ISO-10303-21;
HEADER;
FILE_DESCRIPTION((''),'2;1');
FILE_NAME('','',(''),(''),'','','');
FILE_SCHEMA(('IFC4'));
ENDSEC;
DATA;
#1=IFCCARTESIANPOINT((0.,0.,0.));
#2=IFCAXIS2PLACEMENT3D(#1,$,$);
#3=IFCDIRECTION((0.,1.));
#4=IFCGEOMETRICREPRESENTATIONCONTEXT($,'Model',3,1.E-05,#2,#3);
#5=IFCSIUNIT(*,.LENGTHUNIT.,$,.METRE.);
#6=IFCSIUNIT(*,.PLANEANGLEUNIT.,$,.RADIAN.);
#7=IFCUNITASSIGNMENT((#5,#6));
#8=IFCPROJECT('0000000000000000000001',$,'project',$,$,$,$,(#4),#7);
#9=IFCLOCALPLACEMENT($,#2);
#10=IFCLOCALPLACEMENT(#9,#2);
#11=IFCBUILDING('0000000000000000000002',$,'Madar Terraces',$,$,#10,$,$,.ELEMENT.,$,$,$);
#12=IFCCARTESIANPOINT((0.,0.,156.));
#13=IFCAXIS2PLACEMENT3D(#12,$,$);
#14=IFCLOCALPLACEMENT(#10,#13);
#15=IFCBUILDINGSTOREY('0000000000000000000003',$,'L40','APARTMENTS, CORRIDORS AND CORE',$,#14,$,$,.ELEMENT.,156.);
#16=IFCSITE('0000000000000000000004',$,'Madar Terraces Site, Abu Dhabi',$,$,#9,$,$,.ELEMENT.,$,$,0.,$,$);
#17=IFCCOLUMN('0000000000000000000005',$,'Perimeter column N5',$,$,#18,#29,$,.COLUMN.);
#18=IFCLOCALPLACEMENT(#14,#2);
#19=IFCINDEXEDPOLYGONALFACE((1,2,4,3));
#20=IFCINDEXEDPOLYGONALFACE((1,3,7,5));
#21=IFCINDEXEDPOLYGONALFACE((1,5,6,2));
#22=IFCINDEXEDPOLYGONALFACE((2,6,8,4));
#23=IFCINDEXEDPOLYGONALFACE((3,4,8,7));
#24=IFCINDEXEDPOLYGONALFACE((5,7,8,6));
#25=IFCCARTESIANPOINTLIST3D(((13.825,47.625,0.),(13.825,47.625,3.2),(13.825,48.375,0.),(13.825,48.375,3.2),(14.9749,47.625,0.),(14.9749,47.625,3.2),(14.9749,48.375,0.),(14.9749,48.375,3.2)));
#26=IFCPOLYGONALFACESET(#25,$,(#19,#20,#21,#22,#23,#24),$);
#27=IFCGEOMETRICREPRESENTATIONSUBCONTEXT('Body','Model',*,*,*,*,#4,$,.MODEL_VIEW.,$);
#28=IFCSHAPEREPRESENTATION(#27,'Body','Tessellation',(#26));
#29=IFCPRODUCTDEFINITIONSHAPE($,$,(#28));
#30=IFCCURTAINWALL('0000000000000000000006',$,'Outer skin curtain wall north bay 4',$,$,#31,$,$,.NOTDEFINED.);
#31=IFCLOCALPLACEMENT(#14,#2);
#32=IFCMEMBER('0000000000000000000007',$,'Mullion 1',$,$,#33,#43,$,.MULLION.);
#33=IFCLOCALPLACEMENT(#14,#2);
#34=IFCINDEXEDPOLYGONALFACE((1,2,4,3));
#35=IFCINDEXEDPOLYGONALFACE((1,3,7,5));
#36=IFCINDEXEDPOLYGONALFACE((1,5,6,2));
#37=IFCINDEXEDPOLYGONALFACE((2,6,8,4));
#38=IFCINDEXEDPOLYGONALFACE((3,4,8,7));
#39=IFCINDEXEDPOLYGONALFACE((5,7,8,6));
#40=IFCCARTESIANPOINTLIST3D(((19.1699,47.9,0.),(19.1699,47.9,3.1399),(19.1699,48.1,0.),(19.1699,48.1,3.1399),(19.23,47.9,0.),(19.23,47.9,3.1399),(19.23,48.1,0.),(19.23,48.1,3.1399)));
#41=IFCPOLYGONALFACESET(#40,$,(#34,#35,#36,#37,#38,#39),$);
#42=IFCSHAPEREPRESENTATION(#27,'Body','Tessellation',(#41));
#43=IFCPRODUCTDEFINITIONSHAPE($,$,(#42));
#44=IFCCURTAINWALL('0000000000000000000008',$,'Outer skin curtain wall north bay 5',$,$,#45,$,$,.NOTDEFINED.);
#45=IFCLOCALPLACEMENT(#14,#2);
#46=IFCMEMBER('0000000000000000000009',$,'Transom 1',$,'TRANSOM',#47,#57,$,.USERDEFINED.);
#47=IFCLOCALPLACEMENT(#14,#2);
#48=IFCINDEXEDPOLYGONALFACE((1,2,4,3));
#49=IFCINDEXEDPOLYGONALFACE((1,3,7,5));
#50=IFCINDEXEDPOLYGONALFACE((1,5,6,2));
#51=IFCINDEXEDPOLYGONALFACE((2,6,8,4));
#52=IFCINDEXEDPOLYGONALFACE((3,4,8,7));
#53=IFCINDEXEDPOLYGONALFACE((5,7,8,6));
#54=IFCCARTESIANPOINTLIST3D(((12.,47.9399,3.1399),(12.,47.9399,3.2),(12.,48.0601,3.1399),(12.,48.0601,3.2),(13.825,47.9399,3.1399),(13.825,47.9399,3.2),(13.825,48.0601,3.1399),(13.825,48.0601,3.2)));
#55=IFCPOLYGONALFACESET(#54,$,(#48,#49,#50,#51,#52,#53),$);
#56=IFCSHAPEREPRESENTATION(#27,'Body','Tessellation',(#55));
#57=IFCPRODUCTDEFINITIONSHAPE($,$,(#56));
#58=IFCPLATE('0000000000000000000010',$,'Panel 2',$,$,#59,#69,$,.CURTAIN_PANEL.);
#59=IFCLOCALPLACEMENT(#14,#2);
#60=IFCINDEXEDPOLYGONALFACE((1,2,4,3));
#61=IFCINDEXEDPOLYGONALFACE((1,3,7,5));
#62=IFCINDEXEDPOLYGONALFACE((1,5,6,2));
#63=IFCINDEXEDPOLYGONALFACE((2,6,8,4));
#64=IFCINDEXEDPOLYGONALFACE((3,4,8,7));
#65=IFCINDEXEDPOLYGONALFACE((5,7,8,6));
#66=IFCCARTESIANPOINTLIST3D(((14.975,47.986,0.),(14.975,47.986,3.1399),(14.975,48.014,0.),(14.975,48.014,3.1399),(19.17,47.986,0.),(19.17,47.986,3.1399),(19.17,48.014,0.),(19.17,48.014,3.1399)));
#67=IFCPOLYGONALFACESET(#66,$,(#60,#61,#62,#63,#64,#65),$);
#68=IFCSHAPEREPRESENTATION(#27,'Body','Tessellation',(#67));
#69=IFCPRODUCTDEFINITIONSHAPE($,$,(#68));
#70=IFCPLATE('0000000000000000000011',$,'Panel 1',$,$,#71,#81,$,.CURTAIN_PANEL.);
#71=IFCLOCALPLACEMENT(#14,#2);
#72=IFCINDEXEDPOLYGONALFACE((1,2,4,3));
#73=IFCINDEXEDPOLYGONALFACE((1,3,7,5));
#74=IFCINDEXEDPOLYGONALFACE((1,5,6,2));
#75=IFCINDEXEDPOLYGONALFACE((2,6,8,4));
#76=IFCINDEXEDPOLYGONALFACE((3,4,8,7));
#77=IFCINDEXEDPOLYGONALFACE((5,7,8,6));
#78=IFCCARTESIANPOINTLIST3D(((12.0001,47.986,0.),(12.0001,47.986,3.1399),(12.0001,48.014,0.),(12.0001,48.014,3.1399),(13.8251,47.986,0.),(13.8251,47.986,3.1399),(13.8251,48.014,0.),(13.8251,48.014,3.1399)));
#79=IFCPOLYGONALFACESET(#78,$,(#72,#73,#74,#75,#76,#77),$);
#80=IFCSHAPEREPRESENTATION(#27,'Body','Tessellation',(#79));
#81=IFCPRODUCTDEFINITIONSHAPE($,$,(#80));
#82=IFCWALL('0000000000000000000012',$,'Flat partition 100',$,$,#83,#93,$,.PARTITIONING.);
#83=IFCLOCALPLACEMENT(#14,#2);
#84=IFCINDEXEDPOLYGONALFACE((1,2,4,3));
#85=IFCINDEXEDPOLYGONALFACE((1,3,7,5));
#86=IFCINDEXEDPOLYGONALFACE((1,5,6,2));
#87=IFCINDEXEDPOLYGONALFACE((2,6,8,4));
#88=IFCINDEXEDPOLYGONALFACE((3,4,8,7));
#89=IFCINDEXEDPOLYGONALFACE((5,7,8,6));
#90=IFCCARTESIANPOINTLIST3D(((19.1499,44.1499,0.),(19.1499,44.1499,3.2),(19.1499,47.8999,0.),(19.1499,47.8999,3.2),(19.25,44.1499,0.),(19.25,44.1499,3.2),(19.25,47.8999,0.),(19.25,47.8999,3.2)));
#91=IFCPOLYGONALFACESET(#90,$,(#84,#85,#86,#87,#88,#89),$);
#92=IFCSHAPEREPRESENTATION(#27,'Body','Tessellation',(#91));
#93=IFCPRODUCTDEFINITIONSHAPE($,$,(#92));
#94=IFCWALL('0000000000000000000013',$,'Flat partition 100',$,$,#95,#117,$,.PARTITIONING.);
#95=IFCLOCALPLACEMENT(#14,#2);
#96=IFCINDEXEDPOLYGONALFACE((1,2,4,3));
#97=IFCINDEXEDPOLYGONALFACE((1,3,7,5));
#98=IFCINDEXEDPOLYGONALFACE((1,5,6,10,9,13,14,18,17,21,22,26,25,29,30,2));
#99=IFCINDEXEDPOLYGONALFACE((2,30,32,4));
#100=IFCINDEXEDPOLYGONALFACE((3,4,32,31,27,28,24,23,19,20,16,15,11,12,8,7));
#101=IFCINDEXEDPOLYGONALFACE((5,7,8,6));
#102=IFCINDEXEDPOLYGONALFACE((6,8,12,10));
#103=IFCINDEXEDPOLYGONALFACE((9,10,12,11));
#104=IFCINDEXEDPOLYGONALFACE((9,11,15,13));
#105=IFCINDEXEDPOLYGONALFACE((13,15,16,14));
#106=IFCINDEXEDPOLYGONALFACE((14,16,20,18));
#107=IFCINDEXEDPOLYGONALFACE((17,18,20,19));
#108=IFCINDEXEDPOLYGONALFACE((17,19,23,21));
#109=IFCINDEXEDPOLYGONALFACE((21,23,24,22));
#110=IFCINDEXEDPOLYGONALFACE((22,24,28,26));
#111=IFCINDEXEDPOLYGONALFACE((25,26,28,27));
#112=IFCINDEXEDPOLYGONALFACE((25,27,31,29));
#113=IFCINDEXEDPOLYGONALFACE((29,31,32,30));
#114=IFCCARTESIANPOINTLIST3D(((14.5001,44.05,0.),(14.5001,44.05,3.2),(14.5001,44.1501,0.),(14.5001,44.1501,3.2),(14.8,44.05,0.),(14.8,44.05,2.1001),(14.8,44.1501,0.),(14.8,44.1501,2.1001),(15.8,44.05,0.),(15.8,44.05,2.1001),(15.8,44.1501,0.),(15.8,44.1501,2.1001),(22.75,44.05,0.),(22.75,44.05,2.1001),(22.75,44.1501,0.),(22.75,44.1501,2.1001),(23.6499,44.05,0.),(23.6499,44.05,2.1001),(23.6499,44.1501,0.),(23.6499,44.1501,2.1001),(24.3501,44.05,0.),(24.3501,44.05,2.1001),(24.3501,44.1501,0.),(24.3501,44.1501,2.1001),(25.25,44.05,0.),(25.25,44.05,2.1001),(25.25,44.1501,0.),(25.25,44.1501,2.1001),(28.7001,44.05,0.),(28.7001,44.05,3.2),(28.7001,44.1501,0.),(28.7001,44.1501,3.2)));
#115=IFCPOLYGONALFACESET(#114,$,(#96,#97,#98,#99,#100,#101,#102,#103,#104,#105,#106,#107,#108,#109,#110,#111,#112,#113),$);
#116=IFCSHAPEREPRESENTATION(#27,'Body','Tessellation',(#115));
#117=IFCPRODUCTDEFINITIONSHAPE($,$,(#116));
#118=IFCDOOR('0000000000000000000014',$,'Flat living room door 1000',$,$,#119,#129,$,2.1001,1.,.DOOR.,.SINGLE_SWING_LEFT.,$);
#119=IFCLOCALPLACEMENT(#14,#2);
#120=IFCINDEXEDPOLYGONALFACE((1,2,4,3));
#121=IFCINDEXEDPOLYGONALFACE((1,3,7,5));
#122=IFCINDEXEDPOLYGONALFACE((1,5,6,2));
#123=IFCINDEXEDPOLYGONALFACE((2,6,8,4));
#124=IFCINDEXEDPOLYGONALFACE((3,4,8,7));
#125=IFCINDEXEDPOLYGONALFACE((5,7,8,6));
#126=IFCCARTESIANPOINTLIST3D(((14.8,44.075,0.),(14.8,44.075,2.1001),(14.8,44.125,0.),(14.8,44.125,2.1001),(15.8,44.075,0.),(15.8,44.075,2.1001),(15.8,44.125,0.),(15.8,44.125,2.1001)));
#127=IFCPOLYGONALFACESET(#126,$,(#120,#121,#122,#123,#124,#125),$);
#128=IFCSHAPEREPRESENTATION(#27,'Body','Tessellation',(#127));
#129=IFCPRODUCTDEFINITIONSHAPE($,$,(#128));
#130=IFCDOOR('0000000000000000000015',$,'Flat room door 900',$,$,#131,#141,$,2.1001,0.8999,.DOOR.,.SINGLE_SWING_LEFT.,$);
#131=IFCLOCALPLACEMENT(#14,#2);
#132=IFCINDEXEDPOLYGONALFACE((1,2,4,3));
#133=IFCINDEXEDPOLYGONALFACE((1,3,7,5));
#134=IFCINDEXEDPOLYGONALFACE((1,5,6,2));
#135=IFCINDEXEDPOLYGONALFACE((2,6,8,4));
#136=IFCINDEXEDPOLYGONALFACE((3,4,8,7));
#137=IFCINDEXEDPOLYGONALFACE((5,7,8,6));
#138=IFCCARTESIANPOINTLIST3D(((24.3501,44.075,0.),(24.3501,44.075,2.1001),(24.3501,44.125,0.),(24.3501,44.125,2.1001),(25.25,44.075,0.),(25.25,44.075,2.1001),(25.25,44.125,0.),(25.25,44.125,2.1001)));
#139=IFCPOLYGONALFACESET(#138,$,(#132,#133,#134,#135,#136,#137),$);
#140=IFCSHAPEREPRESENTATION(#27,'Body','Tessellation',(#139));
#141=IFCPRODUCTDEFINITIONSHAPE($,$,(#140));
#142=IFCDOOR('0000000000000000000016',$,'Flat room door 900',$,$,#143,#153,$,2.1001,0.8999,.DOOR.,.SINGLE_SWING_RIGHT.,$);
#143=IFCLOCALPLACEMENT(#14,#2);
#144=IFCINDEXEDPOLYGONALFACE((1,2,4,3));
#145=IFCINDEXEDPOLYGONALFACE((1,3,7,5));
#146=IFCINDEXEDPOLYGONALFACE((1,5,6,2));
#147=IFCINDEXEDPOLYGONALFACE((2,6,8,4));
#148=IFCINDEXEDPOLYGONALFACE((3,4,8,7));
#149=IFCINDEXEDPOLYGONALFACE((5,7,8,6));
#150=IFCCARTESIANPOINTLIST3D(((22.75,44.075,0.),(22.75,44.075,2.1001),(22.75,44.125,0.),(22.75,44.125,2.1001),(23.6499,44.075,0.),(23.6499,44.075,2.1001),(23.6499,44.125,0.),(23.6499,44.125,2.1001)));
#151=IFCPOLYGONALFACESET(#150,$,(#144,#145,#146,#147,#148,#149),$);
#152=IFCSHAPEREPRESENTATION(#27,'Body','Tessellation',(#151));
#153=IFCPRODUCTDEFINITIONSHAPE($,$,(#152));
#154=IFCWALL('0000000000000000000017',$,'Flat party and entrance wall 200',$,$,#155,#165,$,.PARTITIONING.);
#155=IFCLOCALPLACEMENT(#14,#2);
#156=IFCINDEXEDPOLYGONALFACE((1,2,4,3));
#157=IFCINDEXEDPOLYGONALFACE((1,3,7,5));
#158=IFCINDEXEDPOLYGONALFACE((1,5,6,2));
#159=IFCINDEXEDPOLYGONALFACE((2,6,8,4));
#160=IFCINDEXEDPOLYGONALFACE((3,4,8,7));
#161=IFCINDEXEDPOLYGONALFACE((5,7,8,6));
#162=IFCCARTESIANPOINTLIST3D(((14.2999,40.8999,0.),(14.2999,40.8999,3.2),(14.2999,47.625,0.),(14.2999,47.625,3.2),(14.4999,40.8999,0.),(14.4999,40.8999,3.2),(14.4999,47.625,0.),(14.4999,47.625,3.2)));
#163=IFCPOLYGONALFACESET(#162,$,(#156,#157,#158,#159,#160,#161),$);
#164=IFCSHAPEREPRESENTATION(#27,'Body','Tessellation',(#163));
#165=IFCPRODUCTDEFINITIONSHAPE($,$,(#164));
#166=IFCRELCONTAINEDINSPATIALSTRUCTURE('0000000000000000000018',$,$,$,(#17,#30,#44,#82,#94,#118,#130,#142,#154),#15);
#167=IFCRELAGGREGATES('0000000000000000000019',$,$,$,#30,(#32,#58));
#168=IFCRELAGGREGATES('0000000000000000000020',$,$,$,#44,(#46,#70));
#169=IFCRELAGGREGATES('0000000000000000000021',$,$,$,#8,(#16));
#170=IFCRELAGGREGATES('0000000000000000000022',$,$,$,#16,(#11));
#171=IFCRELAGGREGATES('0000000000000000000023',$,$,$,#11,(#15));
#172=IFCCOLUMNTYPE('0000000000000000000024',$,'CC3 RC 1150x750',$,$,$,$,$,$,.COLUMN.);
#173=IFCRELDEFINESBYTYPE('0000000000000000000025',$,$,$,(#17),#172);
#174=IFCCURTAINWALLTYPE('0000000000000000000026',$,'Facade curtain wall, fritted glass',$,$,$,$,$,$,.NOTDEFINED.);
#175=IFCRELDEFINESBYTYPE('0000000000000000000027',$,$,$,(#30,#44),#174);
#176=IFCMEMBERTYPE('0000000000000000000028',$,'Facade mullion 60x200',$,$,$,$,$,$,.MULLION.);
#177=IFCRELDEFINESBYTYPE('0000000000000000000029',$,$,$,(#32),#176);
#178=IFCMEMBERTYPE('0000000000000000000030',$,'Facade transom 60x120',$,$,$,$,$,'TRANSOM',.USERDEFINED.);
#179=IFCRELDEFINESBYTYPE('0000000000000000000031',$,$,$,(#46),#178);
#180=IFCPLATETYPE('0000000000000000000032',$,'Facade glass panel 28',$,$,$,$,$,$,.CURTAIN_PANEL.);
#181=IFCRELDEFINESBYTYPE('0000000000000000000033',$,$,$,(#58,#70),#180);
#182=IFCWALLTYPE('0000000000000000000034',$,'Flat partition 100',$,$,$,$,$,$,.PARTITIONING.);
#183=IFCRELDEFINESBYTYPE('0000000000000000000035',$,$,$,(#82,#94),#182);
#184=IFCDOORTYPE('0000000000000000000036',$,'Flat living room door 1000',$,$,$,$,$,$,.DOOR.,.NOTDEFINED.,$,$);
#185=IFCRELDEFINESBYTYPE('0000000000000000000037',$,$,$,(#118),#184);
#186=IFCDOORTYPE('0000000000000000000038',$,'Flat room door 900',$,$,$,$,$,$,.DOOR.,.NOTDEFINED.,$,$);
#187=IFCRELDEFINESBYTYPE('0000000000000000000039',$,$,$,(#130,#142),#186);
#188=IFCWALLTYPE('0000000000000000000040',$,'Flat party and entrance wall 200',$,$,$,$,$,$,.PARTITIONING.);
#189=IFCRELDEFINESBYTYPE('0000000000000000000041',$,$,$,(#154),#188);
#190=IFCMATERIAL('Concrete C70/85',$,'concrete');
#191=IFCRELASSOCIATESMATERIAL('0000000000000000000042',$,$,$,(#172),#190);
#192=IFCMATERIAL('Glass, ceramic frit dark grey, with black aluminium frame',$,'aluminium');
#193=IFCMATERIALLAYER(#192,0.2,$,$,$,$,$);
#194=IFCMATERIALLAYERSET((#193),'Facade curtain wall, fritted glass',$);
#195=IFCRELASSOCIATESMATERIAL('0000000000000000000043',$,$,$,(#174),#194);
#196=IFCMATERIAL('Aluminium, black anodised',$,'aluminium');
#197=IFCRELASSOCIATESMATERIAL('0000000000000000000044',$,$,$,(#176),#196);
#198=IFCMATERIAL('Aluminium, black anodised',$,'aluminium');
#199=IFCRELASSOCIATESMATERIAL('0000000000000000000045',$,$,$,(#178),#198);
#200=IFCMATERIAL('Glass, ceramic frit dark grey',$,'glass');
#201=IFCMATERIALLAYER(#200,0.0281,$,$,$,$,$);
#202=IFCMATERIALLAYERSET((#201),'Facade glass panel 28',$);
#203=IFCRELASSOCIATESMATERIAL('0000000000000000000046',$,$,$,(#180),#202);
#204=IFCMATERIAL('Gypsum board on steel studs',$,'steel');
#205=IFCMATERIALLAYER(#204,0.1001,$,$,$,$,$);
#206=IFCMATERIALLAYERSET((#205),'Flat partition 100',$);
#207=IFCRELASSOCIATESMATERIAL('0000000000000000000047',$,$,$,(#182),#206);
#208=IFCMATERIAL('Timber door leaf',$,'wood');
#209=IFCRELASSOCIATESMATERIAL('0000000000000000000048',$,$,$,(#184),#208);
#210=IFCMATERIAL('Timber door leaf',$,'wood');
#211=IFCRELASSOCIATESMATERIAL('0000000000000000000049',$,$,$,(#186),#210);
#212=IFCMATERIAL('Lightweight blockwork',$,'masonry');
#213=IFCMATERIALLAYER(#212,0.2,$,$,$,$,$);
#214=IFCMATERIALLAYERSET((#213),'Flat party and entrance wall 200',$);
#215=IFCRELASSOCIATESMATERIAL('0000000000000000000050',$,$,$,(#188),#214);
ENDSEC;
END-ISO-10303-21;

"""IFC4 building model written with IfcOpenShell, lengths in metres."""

from ifc_helpers import new_model, si_unit, direction, frame, frame_2d, origin, origin_2d, place, context, subcontext, project, spatial, rectangle, extrude, material, layer, layer_set, material_profile, profile_set, type_object, element, fill, aggregate, save


model = new_model("IFC4")

# Units and contexts
model_context = context("Model", 3, precision=1e-05, world=origin(), true_north=direction((0.0, 1.0)))
body_context = subcontext(model_context, "Body", "Model", "MODEL_VIEW")
ifc_project = project(units=[si_unit("LENGTHUNIT", "METRE"), si_unit("PLANEANGLEUNIT", "RADIAN")], contexts=[model_context])

# Site, building, storey
site_placement = place(None, origin())
site = spatial("IfcSite", under=ifc_project, at=site_placement, Name="Madar Terraces Site, Abu Dhabi", CompositionType="ELEMENT", RefElevation=0.0)
building_placement = place(site_placement, origin())
building = spatial("IfcBuilding", under=site, at=building_placement, Name="Madar Terraces", CompositionType="ELEMENT")
storey_placement = place(building_placement, frame((0.0, 0.0, 156.0)))
storey = spatial("IfcBuildingStorey", under=building, at=storey_placement, Name="L40", Description="APARTMENTS, CORRIDORS AND CORE", CompositionType="ELEMENT", Elevation=156.0)

# Column
ifc_material_1 = material(Name="Concrete C70/85", Category="concrete")
ifc_material_profile_1 = material_profile(ifc_material_1, rectangle(XDim=1.1499, YDim=0.75, at=origin_2d()), Name="CC3 RC 1150x750")
ifc_profile_set_1 = profile_set([ifc_material_profile_1], Name="Concrete C70/85")
column_type = type_object("IfcColumnType", Name="CC3 RC 1150x750", PredefinedType="COLUMN", material=ifc_profile_set_1)
column_placement = place(storey_placement, frame((14.3999, 48.0, 0.0), z_axis=(0.0, 0.0, 1.0), x_axis=(1.0, 0.0, 0.0)))
element("IfcColumn", 1, at=column_placement, inside=storey, type_object=column_type, Name="Perimeter column N5", PredefinedType="COLUMN", context=body_context, shape_type="SweptSolid", body=[
    extrude(rectangle(XDim=1.1499, YDim=0.75, at=origin_2d()), origin(), (0.0, 0.0, 1.0), 3.2),
])

# Curtain walls, members
ifc_material_2 = material(Name="Glass, ceramic frit dark grey, with black aluminium frame", Category="aluminium")
ifc_layer_1 = layer(ifc_material_2, 0.2)
ifc_layer_set_1 = layer_set([ifc_layer_1], Name="Facade curtain wall, fritted glass")
curtain_wall_type = type_object("IfcCurtainWallType", Name="Facade curtain wall, fritted glass", PredefinedType="NOTDEFINED", material=ifc_layer_set_1)
curtain_wall_1_placement = place(storey_placement, origin())
curtain_wall_1 = element("IfcCurtainWall", 2, at=curtain_wall_1_placement, inside=storey, type_object=curtain_wall_type, Name="Outer skin curtain wall north bay 4", PredefinedType="NOTDEFINED")
ifc_material_3 = material(Name="Aluminium, black anodised", Category="aluminium")
ifc_material_profile_2 = material_profile(ifc_material_3, rectangle(XDim=0.2, YDim=0.0601, at=origin_2d()), Name="Facade mullion 60x200")
ifc_profile_set_2 = profile_set([ifc_material_profile_2], Name="Aluminium, black anodised")
member_type_1 = type_object("IfcMemberType", Name="Facade mullion 60x200", PredefinedType="MULLION", material=ifc_profile_set_2)
member_1_placement = place(storey_placement, frame((19.2, 48.0, 0.0), z_axis=(0.0, 0.0, 1.0), x_axis=(0.0, -1.0, 0.0)))
member_1 = element("IfcMember", 3, at=member_1_placement, type_object=member_type_1, Name="Mullion 1", PredefinedType="MULLION", context=body_context, shape_type="SweptSolid", body=[
    extrude(rectangle(XDim=0.2, YDim=0.0601, at=origin_2d()), origin(), (0.0, 0.0, 1.0), 3.1399),
])
curtain_wall_2_placement = place(storey_placement, origin())
curtain_wall_2 = element("IfcCurtainWall", 4, at=curtain_wall_2_placement, inside=storey, type_object=curtain_wall_type, Name="Outer skin curtain wall north bay 5", PredefinedType="NOTDEFINED")
ifc_material_4 = material(Name="Aluminium, black anodised", Category="aluminium")
ifc_material_profile_3 = material_profile(ifc_material_4, rectangle(XDim=0.1201, YDim=0.0601, at=origin_2d()), Name="Facade transom 60x120")
ifc_profile_set_3 = profile_set([ifc_material_profile_3], Name="Aluminium, black anodised")
member_type_2 = type_object("IfcMemberType", Name="Facade transom 60x120", ElementType="TRANSOM", PredefinedType="USERDEFINED", material=ifc_profile_set_3)
member_2_placement = place(storey_placement, frame((13.825, 48.0, 3.1699), z_axis=(-1.0, 0.0, 0.0), x_axis=(0.0, -1.0, 0.0)))
member_2 = element("IfcMember", 5, at=member_2_placement, type_object=member_type_2, Name="Transom 1", ObjectType="TRANSOM", PredefinedType="USERDEFINED", context=body_context, shape_type="SweptSolid", body=[
    extrude(rectangle(XDim=0.1201, YDim=0.0601, at=origin_2d()), origin(), (0.0, 0.0, 1.0), 1.825),
])

# Plates
ifc_material_5 = material(Name="Glass, ceramic frit dark grey", Category="glass")
ifc_layer_2 = layer(ifc_material_5, 0.0281)
ifc_layer_set_2 = layer_set([ifc_layer_2], Name="Facade glass panel 28")
plate_type = type_object("IfcPlateType", Name="Facade glass panel 28", PredefinedType="CURTAIN_PANEL", material=ifc_layer_set_2)
plate_1_placement = place(storey_placement, frame((17.0725, 48.0, 0.0), z_axis=(0.0, 0.0, 1.0), x_axis=(-1.0, 0.0, 0.0)))
plate_1 = element("IfcPlate", 6, at=plate_1_placement, type_object=plate_type, Name="Panel 2", PredefinedType="CURTAIN_PANEL", context=body_context, shape_type="SweptSolid", body=[
    extrude(rectangle(XDim=4.1951, YDim=0.0281, at=origin_2d()), origin(), (0.0, 0.0, 1.0), 3.1399),
])
aggregate(curtain_wall_1, [member_1, plate_1])
plate_2_placement = place(storey_placement, frame((12.9126, 48.0, 0.0), z_axis=(0.0, 0.0, 1.0), x_axis=(-1.0, 0.0, 0.0)))
plate_2 = element("IfcPlate", 7, at=plate_2_placement, type_object=plate_type, Name="Panel 1", PredefinedType="CURTAIN_PANEL", context=body_context, shape_type="SweptSolid", body=[
    extrude(rectangle(XDim=1.825, YDim=0.0281, at=origin_2d()), origin(), (0.0, 0.0, 1.0), 3.1399),
])
aggregate(curtain_wall_2, [member_2, plate_2])

# Wall
ifc_material_6 = material(Name="Gypsum board on steel studs", Category="steel")
ifc_layer_3 = layer(ifc_material_6, 0.1001)
ifc_layer_set_3 = layer_set([ifc_layer_3], Name="Flat partition 100")
wall_type_1 = type_object("IfcWallType", Name="Flat partition 100", PredefinedType="PARTITIONING", material=ifc_layer_set_3)
wall_1_placement = place(storey_placement, frame((19.2, 44.1499, 0.0), z_axis=(0.0, 0.0, 1.0), x_axis=(0.0, 1.0, 0.0)))
element("IfcWall", 8, at=wall_1_placement, inside=storey, type_object=wall_type_1, Name="Flat partition 100", PredefinedType="PARTITIONING", context=body_context, shape_type="SweptSolid", body=[
    extrude(rectangle(XDim=3.75, YDim=0.1001, at=frame_2d((1.875, 0.0))), origin(), (0.0, 0.0, 1.0), 3.2),
])

# Wall, openings, doors
wall_2_placement = place(storey_placement, frame((14.5, 44.1001, 0.0), z_axis=(0.0, 0.0, 1.0), x_axis=(1.0, 0.0, 0.0)))
wall_2 = element("IfcWall", 9, at=wall_2_placement, inside=storey, type_object=wall_type_1, Name="Flat partition 100", PredefinedType="PARTITIONING", context=body_context, shape_type="SweptSolid", body=[
    extrude(rectangle(XDim=14.2, YDim=0.1001, at=frame_2d((7.1001, 0.0))), origin(), (0.0, 0.0, 1.0), 3.2),
])
opening_1_placement = place(wall_2_placement, frame((9.8501, 0.0, 0.0)))
opening_1 = element("IfcOpeningElement", 10, at=opening_1_placement, cuts=wall_2, PredefinedType="OPENING", context=body_context, shape_type="SweptSolid", body=[
    extrude(rectangle(XDim=0.8999, YDim=2.1001, at=frame_2d((0.45, 1.05))), frame((0.0, 0.0601, 0.0), z_axis=(0.0, -1.0, 0.0), x_axis=(1.0, 0.0, 0.0)), (0.0, 0.0, 1.0), 0.1201),
])
opening_2_placement = place(wall_2_placement, frame((8.25, 0.0, 0.0)))
opening_2 = element("IfcOpeningElement", 11, at=opening_2_placement, cuts=wall_2, PredefinedType="OPENING", context=body_context, shape_type="SweptSolid", body=[
    extrude(rectangle(XDim=0.8999, YDim=2.1001, at=frame_2d((0.45, 1.05))), frame((0.0, 0.0601, 0.0), z_axis=(0.0, -1.0, 0.0), x_axis=(1.0, 0.0, 0.0)), (0.0, 0.0, 1.0), 0.1201),
])
opening_3_placement = place(wall_2_placement, frame((0.3, 0.0, 0.0)))
opening_3 = element("IfcOpeningElement", 12, at=opening_3_placement, cuts=wall_2, PredefinedType="OPENING", context=body_context, shape_type="SweptSolid", body=[
    extrude(rectangle(XDim=1.0, YDim=2.1001, at=frame_2d((0.5, 1.05))), frame((0.0, 0.0601, 0.0), z_axis=(0.0, -1.0, 0.0), x_axis=(1.0, 0.0, 0.0)), (0.0, 0.0, 1.0), 0.1201),
])
ifc_material_7 = material(Name="Timber door leaf", Category="wood")
door_type_1 = type_object("IfcDoorType", Name="Flat living room door 1000", OperationType="NOTDEFINED", PredefinedType="DOOR", material=ifc_material_7)
door_1_placement = place(opening_3_placement, origin())
door_1 = element("IfcDoor", 13, at=door_1_placement, inside=storey, type_object=door_type_1, Name="Flat living room door 1000", OperationType="SINGLE_SWING_LEFT", OverallHeight=2.1001, OverallWidth=1.0, PredefinedType="DOOR", context=body_context, shape_type="SweptSolid", body=[
    extrude(rectangle(XDim=1.0, YDim=2.1001, at=frame_2d((0.5, 1.05))), frame((0.0, 0.0249, 0.0), z_axis=(0.0, -1.0, 0.0), x_axis=(1.0, 0.0, 0.0)), (0.0, 0.0, 1.0), 0.05),
])
fill(opening_3, door_1)
ifc_material_8 = material(Name="Timber door leaf", Category="wood")
door_type_2 = type_object("IfcDoorType", Name="Flat room door 900", OperationType="NOTDEFINED", PredefinedType="DOOR", material=ifc_material_8)
door_2_placement = place(opening_1_placement, origin())
door_2 = element("IfcDoor", 14, at=door_2_placement, inside=storey, type_object=door_type_2, Name="Flat room door 900", OperationType="SINGLE_SWING_LEFT", OverallHeight=2.1001, OverallWidth=0.8999, PredefinedType="DOOR", context=body_context, shape_type="SweptSolid", body=[
    extrude(rectangle(XDim=0.8999, YDim=2.1001, at=frame_2d((0.45, 1.05))), frame((0.0, 0.0249, 0.0), z_axis=(0.0, -1.0, 0.0), x_axis=(1.0, 0.0, 0.0)), (0.0, 0.0, 1.0), 0.05),
])
fill(opening_1, door_2)
door_3_placement = place(opening_2_placement, origin())
door_3 = element("IfcDoor", 15, at=door_3_placement, inside=storey, type_object=door_type_2, Name="Flat room door 900", OperationType="SINGLE_SWING_RIGHT", OverallHeight=2.1001, OverallWidth=0.8999, PredefinedType="DOOR", context=body_context, shape_type="SweptSolid", body=[
    extrude(rectangle(XDim=0.8999, YDim=2.1001, at=frame_2d((0.45, 1.05))), frame((0.0, 0.0249, 0.0), z_axis=(0.0, -1.0, 0.0), x_axis=(1.0, 0.0, 0.0)), (0.0, 0.0, 1.0), 0.05),
])
fill(opening_2, door_3)

# Wall
ifc_material_9 = material(Name="Lightweight blockwork", Category="masonry")
ifc_layer_4 = layer(ifc_material_9, 0.2)
ifc_layer_set_4 = layer_set([ifc_layer_4], Name="Flat party and entrance wall 200")
wall_type_2 = type_object("IfcWallType", Name="Flat party and entrance wall 200", PredefinedType="PARTITIONING", material=ifc_layer_set_4)
wall_3_placement = place(storey_placement, frame((14.3999, 47.625, 0.0), z_axis=(0.0, 0.0, 1.0), x_axis=(0.0, -1.0, 0.0)))
element("IfcWall", 16, at=wall_3_placement, inside=storey, type_object=wall_type_2, Name="Flat party and entrance wall 200", PredefinedType="PARTITIONING", context=body_context, shape_type="SweptSolid", body=[
    extrude(rectangle(XDim=6.7251, YDim=0.2, at=frame_2d((3.3625, 0.0))), origin(), (0.0, 0.0, 1.0), 3.2),
])

save(model, "model.ifc")
